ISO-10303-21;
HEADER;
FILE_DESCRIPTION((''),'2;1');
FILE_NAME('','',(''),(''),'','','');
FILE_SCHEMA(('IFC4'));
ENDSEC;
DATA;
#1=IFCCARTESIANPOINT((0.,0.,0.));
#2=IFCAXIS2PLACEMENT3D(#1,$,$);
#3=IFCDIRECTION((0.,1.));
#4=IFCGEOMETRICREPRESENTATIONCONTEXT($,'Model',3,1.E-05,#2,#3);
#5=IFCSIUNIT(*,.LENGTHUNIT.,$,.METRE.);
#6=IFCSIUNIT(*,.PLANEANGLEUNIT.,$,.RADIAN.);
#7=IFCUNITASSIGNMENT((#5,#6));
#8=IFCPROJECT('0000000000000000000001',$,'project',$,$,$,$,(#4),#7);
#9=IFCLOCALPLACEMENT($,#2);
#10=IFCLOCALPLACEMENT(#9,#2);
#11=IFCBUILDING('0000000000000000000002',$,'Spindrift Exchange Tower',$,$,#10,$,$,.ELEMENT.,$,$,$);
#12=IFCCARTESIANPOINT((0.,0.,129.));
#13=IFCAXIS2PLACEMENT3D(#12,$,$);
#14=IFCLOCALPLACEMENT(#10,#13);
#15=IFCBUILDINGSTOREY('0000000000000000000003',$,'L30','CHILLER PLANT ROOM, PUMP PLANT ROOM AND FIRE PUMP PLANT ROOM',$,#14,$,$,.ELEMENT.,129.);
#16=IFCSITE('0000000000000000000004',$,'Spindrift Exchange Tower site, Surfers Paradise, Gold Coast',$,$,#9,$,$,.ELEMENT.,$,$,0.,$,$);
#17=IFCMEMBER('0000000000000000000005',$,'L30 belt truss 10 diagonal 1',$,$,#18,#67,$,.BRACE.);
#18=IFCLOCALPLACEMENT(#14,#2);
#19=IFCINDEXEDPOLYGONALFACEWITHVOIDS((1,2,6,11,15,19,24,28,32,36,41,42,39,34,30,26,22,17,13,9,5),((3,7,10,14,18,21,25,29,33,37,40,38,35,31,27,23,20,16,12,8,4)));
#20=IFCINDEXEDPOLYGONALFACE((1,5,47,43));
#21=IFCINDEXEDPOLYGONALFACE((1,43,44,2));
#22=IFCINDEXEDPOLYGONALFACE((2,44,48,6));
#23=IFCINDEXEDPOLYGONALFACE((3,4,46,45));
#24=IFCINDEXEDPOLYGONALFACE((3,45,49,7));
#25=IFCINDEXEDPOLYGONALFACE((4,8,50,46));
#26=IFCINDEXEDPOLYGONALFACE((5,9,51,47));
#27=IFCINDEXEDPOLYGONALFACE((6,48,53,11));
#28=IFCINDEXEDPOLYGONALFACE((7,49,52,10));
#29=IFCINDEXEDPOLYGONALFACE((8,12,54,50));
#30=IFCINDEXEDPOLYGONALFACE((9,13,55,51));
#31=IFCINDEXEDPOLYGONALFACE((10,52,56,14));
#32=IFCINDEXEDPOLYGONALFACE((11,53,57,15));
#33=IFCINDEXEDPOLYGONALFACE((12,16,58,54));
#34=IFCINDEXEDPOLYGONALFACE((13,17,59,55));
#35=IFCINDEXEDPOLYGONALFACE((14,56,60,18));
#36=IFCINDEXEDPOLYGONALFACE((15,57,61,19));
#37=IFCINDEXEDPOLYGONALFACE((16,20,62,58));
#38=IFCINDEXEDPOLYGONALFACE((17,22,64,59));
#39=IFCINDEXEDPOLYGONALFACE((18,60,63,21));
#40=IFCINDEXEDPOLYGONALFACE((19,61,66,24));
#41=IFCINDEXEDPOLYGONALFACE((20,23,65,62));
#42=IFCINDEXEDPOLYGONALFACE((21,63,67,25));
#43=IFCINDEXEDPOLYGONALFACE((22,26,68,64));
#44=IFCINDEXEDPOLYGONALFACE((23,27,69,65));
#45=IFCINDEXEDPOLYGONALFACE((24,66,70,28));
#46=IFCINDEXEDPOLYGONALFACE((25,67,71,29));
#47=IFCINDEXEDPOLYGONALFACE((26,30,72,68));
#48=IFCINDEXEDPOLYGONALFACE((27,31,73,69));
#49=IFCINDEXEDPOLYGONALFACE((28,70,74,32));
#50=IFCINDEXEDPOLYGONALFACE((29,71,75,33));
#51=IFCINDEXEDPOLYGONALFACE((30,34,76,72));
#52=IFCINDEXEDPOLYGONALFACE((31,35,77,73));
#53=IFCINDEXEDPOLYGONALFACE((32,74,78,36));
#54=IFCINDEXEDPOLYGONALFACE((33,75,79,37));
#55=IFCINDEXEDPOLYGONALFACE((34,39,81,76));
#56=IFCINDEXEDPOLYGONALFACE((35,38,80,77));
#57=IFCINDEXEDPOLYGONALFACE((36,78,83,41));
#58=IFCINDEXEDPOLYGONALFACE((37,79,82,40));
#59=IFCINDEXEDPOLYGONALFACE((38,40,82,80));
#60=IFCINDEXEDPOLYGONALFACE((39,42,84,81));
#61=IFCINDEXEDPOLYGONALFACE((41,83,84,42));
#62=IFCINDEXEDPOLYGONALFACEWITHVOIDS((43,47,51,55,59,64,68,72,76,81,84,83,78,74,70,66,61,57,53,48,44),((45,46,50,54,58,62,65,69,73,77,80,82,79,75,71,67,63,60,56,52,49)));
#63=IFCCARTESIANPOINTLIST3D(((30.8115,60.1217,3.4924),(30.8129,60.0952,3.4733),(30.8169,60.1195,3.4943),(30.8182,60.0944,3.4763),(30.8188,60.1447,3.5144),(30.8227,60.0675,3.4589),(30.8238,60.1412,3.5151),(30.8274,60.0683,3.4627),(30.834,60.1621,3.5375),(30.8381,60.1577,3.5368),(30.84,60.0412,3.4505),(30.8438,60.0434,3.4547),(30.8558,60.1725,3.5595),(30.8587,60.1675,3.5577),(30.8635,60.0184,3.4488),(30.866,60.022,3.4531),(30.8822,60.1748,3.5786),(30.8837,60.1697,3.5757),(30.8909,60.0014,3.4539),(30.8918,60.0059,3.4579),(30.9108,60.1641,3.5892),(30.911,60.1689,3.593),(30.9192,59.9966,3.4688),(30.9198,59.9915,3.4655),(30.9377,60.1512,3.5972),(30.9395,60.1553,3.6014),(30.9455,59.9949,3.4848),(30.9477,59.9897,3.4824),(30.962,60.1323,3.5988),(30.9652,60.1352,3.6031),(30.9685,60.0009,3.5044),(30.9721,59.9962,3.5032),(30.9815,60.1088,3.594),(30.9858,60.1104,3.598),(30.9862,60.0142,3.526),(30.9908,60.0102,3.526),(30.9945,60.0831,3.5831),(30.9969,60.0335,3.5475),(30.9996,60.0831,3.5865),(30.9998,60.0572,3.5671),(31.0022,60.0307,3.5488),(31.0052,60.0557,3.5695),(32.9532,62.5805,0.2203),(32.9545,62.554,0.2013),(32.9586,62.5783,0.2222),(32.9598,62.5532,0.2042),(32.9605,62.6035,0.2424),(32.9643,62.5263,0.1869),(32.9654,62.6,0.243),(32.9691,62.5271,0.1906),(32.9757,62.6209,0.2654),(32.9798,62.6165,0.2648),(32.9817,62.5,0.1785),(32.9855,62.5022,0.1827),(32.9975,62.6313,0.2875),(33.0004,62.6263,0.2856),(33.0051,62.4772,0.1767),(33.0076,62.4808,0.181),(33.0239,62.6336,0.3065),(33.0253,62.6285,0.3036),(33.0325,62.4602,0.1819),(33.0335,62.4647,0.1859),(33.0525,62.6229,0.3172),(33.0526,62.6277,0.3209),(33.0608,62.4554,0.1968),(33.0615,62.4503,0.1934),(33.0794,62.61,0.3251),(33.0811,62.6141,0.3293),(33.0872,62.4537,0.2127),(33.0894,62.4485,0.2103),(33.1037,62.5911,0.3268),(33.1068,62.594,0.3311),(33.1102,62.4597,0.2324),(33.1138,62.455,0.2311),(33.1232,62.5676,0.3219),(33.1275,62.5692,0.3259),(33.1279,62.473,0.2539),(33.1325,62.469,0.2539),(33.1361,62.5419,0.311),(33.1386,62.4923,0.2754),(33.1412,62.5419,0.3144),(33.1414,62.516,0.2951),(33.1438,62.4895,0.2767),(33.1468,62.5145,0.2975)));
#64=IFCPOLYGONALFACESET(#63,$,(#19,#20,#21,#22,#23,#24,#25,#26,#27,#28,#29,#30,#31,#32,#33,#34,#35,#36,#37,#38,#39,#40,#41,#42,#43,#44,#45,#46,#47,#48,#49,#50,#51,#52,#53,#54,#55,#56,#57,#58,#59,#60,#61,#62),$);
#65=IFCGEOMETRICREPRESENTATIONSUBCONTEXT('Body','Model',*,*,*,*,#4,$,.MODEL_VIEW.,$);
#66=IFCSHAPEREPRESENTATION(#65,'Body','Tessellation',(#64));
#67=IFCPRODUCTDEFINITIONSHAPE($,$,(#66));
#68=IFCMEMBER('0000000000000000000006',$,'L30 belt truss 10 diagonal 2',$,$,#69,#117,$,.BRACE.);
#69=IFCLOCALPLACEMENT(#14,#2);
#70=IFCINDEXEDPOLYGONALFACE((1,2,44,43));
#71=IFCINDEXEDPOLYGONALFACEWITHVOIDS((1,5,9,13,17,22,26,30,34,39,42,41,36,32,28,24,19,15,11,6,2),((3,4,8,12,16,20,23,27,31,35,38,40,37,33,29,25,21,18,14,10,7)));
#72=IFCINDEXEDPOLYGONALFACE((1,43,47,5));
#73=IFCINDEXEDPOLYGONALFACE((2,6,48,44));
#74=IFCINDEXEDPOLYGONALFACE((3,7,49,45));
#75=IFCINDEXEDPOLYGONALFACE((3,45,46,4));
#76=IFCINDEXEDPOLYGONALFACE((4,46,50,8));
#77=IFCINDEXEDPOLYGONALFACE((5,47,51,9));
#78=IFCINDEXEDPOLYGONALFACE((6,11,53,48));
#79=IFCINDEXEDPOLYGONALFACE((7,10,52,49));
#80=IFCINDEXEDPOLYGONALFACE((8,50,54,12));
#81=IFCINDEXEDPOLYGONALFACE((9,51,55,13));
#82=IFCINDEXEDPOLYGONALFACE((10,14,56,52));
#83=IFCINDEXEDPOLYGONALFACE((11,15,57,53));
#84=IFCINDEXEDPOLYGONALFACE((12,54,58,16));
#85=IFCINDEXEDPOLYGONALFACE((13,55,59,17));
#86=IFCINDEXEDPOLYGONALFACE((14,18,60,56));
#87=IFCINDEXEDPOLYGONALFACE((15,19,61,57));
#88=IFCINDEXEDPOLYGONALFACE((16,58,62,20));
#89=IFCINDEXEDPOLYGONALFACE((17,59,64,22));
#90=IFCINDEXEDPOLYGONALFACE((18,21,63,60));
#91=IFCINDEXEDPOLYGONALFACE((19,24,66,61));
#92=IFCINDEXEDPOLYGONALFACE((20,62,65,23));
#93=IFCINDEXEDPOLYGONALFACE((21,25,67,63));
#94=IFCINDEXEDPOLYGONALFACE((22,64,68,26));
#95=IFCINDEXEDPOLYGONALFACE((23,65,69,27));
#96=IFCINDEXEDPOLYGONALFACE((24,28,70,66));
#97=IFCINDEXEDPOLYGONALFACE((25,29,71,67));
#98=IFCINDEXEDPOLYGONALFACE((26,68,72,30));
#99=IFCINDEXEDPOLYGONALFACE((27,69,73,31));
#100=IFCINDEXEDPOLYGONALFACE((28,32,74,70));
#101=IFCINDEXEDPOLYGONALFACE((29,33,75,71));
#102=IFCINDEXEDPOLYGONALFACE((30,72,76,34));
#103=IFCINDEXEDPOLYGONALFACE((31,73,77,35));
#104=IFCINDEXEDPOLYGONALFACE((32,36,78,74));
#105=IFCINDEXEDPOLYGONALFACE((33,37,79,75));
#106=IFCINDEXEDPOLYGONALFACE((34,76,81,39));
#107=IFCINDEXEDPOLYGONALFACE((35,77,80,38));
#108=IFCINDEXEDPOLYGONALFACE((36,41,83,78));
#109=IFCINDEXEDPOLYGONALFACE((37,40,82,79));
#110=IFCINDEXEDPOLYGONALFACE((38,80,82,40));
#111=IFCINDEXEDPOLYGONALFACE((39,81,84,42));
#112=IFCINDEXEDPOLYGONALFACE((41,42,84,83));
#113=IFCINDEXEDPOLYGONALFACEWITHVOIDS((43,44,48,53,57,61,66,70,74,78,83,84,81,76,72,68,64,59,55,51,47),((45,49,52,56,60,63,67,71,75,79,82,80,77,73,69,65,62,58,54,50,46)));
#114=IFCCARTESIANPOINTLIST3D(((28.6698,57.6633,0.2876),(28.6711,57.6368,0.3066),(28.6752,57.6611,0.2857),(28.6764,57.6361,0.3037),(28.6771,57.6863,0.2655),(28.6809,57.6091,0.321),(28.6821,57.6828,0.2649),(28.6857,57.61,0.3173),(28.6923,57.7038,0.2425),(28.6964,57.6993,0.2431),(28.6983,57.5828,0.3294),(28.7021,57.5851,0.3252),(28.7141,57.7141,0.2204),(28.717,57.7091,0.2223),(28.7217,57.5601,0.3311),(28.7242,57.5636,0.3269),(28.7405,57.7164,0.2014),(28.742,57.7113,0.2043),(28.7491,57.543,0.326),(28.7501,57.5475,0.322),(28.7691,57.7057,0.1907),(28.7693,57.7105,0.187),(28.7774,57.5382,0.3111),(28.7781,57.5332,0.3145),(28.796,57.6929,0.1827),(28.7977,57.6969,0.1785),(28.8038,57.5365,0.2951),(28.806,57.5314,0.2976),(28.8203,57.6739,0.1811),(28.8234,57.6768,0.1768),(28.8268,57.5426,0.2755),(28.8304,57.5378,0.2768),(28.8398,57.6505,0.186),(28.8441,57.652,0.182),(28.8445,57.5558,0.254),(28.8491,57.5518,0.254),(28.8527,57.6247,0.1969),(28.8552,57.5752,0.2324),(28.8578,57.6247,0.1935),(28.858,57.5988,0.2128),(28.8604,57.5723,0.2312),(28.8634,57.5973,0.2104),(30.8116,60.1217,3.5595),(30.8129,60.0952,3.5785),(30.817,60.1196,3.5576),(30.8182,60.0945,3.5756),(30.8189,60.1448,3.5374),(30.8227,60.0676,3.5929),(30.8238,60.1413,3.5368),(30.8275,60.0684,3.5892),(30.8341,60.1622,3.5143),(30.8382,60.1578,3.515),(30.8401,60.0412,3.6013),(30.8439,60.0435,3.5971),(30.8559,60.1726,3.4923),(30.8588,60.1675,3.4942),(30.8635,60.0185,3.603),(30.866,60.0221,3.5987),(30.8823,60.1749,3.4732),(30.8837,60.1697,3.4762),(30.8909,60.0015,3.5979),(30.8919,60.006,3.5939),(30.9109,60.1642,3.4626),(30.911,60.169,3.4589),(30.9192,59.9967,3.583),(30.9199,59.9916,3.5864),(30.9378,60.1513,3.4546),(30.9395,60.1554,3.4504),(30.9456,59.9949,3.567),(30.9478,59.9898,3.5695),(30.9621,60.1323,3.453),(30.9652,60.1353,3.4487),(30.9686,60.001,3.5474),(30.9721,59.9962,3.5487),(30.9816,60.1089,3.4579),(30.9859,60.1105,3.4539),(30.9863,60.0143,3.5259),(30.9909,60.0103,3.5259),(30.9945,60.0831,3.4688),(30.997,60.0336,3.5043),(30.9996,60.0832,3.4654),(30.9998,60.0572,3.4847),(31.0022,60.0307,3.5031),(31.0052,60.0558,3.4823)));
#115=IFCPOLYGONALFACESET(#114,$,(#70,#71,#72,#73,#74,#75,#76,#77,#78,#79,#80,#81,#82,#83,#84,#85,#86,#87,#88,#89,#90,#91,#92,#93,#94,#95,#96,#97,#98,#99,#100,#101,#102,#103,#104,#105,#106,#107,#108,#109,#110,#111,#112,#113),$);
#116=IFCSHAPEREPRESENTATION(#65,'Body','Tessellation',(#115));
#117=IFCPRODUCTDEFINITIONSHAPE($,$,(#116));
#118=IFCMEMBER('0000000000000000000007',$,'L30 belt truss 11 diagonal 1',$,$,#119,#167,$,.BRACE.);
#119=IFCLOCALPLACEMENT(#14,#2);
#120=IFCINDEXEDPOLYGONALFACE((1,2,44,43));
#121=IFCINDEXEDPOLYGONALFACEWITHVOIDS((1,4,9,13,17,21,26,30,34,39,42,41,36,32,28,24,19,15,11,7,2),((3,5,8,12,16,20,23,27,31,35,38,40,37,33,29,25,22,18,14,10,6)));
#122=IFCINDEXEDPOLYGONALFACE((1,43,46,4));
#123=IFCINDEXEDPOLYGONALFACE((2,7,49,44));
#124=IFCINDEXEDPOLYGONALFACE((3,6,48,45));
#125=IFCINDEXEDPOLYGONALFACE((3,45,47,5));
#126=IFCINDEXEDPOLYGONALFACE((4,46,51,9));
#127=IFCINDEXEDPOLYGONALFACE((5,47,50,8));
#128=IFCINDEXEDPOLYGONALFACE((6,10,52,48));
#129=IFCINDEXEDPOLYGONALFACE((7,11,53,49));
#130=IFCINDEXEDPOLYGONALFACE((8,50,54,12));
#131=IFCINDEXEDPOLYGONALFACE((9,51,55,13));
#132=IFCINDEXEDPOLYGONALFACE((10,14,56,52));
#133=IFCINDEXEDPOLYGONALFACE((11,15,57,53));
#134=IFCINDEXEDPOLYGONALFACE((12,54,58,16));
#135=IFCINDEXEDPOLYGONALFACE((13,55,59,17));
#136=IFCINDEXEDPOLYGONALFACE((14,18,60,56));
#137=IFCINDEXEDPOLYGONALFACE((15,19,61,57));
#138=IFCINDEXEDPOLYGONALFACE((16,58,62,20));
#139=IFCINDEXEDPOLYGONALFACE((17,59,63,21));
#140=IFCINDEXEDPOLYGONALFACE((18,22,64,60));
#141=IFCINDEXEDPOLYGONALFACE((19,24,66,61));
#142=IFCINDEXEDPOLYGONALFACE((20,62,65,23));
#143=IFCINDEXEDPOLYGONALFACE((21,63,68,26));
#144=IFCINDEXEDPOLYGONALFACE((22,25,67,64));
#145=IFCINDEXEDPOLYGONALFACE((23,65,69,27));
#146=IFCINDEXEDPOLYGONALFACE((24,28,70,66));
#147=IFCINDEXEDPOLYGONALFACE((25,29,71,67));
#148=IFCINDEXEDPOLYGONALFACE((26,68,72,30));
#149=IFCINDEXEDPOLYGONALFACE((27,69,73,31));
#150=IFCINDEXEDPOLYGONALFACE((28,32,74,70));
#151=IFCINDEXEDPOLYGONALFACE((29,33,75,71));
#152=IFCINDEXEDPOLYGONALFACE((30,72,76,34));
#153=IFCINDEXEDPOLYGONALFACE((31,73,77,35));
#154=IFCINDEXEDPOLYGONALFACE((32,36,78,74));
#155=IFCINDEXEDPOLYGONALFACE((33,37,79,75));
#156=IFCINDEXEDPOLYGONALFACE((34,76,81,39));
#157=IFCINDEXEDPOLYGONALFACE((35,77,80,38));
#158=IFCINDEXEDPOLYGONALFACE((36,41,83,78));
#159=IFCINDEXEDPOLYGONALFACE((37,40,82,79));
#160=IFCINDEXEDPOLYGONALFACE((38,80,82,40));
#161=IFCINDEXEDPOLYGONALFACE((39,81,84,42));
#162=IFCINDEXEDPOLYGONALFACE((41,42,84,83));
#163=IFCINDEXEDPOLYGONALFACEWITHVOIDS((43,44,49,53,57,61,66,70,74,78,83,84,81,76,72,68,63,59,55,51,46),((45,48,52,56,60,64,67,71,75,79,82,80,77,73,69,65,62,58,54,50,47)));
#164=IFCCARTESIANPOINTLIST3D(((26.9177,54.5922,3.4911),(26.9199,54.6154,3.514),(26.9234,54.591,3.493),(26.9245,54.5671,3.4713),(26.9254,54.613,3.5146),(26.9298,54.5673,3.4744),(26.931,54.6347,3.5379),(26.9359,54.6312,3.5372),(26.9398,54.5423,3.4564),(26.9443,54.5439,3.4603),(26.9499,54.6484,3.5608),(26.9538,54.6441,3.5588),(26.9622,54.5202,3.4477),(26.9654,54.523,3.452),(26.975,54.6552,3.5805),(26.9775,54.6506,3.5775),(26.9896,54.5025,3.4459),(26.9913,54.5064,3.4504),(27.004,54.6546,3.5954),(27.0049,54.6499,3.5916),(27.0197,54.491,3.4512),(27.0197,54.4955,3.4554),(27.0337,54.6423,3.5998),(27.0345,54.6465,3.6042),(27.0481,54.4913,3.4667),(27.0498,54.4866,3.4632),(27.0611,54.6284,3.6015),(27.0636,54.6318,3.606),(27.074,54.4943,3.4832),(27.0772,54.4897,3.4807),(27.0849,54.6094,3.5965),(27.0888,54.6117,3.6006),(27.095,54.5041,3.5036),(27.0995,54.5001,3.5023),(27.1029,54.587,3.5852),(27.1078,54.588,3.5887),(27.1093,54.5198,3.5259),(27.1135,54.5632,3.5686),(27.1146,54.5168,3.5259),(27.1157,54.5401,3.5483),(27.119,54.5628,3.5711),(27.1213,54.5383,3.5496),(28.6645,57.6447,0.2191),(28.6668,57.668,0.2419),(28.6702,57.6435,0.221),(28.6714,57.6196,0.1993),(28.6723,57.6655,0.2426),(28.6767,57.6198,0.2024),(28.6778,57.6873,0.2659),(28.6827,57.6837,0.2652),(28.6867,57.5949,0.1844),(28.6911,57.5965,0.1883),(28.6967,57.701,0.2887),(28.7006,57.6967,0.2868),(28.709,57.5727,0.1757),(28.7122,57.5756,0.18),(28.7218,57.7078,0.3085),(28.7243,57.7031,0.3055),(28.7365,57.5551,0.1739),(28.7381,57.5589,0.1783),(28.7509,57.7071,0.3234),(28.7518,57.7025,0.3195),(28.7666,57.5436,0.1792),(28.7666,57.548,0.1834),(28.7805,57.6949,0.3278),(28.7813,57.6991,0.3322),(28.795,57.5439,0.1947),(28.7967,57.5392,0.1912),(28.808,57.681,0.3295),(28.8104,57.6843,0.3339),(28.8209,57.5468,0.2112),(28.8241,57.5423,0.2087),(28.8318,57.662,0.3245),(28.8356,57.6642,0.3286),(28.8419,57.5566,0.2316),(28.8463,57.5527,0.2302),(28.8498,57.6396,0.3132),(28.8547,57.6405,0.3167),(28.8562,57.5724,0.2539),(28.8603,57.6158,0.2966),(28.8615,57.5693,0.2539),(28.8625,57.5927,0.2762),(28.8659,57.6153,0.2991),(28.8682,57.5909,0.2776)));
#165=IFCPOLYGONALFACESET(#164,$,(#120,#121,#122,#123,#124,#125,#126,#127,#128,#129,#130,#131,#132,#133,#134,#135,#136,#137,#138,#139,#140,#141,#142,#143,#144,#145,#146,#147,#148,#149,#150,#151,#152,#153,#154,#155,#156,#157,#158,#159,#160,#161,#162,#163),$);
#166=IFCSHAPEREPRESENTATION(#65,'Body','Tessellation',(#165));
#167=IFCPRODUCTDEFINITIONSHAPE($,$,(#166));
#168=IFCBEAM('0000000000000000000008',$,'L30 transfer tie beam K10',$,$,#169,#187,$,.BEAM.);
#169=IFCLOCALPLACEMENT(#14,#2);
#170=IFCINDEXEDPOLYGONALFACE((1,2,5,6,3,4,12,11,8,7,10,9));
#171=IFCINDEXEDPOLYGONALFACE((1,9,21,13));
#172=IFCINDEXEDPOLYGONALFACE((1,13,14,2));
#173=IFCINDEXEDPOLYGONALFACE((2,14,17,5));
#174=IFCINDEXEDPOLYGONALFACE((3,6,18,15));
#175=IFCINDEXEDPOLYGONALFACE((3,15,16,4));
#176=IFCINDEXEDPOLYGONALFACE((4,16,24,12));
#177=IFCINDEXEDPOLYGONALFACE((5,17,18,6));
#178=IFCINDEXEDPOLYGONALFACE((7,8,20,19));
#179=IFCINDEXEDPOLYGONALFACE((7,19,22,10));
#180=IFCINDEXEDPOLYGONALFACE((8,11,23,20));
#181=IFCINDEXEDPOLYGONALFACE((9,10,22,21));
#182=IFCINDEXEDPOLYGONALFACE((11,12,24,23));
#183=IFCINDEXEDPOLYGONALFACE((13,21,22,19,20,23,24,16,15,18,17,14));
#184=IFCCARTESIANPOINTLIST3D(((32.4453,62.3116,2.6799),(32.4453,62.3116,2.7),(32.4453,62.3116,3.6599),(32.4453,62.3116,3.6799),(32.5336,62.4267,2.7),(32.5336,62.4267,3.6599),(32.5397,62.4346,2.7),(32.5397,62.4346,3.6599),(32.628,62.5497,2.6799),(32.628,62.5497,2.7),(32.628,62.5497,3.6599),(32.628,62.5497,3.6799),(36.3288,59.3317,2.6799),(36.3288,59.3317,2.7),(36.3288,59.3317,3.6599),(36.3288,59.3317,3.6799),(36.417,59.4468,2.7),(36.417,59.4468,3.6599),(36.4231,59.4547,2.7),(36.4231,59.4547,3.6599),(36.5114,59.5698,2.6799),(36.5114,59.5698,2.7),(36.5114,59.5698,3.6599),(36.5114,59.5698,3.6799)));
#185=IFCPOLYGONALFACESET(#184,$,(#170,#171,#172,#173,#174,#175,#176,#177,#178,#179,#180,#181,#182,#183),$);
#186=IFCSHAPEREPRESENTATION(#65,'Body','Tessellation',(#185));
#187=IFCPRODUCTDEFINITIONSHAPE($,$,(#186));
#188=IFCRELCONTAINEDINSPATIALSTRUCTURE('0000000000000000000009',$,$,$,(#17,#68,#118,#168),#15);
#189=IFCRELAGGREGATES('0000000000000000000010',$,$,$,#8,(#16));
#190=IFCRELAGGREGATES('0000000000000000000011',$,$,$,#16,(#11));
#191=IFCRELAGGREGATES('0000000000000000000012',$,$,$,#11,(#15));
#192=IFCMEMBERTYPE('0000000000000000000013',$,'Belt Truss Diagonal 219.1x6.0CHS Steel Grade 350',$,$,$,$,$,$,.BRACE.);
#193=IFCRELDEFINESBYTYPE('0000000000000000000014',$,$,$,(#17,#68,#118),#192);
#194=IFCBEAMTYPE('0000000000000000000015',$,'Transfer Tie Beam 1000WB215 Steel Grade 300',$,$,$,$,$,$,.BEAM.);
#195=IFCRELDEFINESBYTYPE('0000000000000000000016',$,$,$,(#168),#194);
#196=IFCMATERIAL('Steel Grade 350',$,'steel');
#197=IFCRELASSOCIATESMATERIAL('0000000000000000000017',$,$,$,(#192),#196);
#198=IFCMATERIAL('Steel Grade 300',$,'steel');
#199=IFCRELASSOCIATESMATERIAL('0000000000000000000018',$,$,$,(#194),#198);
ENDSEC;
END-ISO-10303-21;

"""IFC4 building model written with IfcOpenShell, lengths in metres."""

from ifc_helpers import new_model, si_unit, direction, frame, origin, origin_2d, place, context, subcontext, project, spatial, hollow_circle, i_section, extrude, source, transform, mapped, material, material_profile, profile_set, type_object, element, save


model = new_model("IFC4")

# Units and contexts
model_context = context("Model", 3, precision=1e-05, world=origin(), true_north=direction((0.0, 1.0)))
body_context = subcontext(model_context, "Body", "Model", "MODEL_VIEW")
ifc_project = project(units=[si_unit("LENGTHUNIT", "METRE"), si_unit("PLANEANGLEUNIT", "RADIAN")], contexts=[model_context])

# Site, building, storey
site_placement = place(None, origin())
site = spatial("IfcSite", under=ifc_project, at=site_placement, Name="Spindrift Exchange Tower site, Surfers Paradise, Gold Coast", CompositionType="ELEMENT", RefElevation=0.0)
building_placement = place(site_placement, origin())
building = spatial("IfcBuilding", under=site, at=building_placement, Name="Spindrift Exchange Tower", CompositionType="ELEMENT")
storey_placement = place(building_placement, frame((0.0, 0.0, 129.0)))
storey = spatial("IfcBuildingStorey", under=building, at=storey_placement, Name="L30", Description="CHILLER PLANT ROOM, PUMP PLANT ROOM AND FIRE PUMP PLANT ROOM", CompositionType="ELEMENT", Elevation=129.0)

# Members
ifc_material_1 = material(Name="Steel Grade 300", Category="steel")
ifc_material_2 = material(Name="Steel Grade 350", Category="steel")
ifc_material_profile_1 = material_profile(ifc_material_2, hollow_circle(Radius=0.1096, WallThickness=0.0061, at=origin_2d()), Name="219.1x6.0CHS")
ifc_profile_set_1 = profile_set([ifc_material_profile_1], Name="Steel Grade 350")
member_type_1 = type_object("IfcMemberType", Name="Belt Truss Diagonal 219.1x6.0CHS Steel Grade 350", PredefinedType="BRACE", material=ifc_profile_set_1)
shared_shape_1 = source(origin(), body_context, "Body", "SweptSolid", [
    extrude(hollow_circle(Radius=0.1096, WallThickness=0.0061, at=origin_2d()), origin(), (0.0, 0.0, 1.0), 4.6194),
])
member_1_placement = place(storey_placement, frame((33.0498, 62.541, 0.2539), z_axis=(-0.463623, -0.532279, 0.708331), x_axis=(0.754064, -0.656801, 0.0)))
element("IfcMember", 1, at=member_1_placement, inside=storey, type_object=member_type_1, Name="L30 belt truss 10 diagonal 1", PredefinedType="BRACE", context=body_context, shape_type="MappedRepresentation", body=[
    mapped(shared_shape_1, transform((0.0, 0.0, 0.0), scale=1.0)),
])
shared_shape_2 = source(origin(), body_context, "Body", "SweptSolid", [
    extrude(hollow_circle(Radius=0.1096, WallThickness=0.0061, at=origin_2d()), origin(), (0.0, 0.0, 1.0), 4.6191),
])
member_2_placement = place(storey_placement, frame((30.9082, 60.0823, 3.5259), z_axis=(-0.463678, -0.532228, -0.708334), x_axis=(0.753994, -0.656881, 0.0)))
element("IfcMember", 2, at=member_2_placement, inside=storey, type_object=member_type_1, Name="L30 belt truss 10 diagonal 2", PredefinedType="BRACE", context=body_context, shape_type="MappedRepresentation", body=[
    mapped(shared_shape_2, transform((0.0, 0.0, 0.0), scale=1.0)),
])
shared_shape_3 = source(origin(), body_context, "Body", "SweptSolid", [
    extrude(hollow_circle(Radius=0.1096, WallThickness=0.0061, at=origin_2d()), origin(), (0.0, 0.0, 1.0), 4.8037),
])
member_3_placement = place(storey_placement, frame((28.7664, 57.6238, 0.2539), z_axis=(-0.363647, -0.635454, 0.681145), x_axis=(0.867931, -0.496685, 0.0)))
element("IfcMember", 3, at=member_3_placement, inside=storey, type_object=member_type_1, Name="L30 belt truss 11 diagonal 1", PredefinedType="BRACE", context=body_context, shape_type="MappedRepresentation", body=[
    mapped(shared_shape_3, transform((0.0, 0.0, 0.0), scale=1.0)),
])

# Beam
ifc_material_profile_2 = material_profile(ifc_material_1, i_section(OverallWidth=0.3, OverallDepth=1.0, WebThickness=0.01, FlangeThickness=0.02, at=origin_2d()), Name="1000WB215")
ifc_profile_set_2 = profile_set([ifc_material_profile_2], Name="Steel Grade 300")
beam_type = type_object("IfcBeamType", Name="Transfer Tie Beam 1000WB215 Steel Grade 300", PredefinedType="BEAM", material=ifc_profile_set_2)
shared_shape_4 = source(origin(), body_context, "Body", "SweptSolid", [
    extrude(i_section(OverallWidth=0.3, OverallDepth=1.0, WebThickness=0.01, FlangeThickness=0.02, at=origin_2d()), origin(), (0.0, 0.0, 1.0), 4.895),
])
beam_placement = place(storey_placement, frame((32.5366, 62.4307, 3.1799), z_axis=(0.79335, -0.608765, 0.0), x_axis=(0.608765, 0.79335, 0.0)))
element("IfcBeam", 4, at=beam_placement, inside=storey, type_object=beam_type, Name="L30 transfer tie beam K10", PredefinedType="BEAM", context=body_context, shape_type="MappedRepresentation", body=[
    mapped(shared_shape_4, transform((0.0, 0.0, 0.0), scale=1.0)),
])

save(model, "model.ifc")
